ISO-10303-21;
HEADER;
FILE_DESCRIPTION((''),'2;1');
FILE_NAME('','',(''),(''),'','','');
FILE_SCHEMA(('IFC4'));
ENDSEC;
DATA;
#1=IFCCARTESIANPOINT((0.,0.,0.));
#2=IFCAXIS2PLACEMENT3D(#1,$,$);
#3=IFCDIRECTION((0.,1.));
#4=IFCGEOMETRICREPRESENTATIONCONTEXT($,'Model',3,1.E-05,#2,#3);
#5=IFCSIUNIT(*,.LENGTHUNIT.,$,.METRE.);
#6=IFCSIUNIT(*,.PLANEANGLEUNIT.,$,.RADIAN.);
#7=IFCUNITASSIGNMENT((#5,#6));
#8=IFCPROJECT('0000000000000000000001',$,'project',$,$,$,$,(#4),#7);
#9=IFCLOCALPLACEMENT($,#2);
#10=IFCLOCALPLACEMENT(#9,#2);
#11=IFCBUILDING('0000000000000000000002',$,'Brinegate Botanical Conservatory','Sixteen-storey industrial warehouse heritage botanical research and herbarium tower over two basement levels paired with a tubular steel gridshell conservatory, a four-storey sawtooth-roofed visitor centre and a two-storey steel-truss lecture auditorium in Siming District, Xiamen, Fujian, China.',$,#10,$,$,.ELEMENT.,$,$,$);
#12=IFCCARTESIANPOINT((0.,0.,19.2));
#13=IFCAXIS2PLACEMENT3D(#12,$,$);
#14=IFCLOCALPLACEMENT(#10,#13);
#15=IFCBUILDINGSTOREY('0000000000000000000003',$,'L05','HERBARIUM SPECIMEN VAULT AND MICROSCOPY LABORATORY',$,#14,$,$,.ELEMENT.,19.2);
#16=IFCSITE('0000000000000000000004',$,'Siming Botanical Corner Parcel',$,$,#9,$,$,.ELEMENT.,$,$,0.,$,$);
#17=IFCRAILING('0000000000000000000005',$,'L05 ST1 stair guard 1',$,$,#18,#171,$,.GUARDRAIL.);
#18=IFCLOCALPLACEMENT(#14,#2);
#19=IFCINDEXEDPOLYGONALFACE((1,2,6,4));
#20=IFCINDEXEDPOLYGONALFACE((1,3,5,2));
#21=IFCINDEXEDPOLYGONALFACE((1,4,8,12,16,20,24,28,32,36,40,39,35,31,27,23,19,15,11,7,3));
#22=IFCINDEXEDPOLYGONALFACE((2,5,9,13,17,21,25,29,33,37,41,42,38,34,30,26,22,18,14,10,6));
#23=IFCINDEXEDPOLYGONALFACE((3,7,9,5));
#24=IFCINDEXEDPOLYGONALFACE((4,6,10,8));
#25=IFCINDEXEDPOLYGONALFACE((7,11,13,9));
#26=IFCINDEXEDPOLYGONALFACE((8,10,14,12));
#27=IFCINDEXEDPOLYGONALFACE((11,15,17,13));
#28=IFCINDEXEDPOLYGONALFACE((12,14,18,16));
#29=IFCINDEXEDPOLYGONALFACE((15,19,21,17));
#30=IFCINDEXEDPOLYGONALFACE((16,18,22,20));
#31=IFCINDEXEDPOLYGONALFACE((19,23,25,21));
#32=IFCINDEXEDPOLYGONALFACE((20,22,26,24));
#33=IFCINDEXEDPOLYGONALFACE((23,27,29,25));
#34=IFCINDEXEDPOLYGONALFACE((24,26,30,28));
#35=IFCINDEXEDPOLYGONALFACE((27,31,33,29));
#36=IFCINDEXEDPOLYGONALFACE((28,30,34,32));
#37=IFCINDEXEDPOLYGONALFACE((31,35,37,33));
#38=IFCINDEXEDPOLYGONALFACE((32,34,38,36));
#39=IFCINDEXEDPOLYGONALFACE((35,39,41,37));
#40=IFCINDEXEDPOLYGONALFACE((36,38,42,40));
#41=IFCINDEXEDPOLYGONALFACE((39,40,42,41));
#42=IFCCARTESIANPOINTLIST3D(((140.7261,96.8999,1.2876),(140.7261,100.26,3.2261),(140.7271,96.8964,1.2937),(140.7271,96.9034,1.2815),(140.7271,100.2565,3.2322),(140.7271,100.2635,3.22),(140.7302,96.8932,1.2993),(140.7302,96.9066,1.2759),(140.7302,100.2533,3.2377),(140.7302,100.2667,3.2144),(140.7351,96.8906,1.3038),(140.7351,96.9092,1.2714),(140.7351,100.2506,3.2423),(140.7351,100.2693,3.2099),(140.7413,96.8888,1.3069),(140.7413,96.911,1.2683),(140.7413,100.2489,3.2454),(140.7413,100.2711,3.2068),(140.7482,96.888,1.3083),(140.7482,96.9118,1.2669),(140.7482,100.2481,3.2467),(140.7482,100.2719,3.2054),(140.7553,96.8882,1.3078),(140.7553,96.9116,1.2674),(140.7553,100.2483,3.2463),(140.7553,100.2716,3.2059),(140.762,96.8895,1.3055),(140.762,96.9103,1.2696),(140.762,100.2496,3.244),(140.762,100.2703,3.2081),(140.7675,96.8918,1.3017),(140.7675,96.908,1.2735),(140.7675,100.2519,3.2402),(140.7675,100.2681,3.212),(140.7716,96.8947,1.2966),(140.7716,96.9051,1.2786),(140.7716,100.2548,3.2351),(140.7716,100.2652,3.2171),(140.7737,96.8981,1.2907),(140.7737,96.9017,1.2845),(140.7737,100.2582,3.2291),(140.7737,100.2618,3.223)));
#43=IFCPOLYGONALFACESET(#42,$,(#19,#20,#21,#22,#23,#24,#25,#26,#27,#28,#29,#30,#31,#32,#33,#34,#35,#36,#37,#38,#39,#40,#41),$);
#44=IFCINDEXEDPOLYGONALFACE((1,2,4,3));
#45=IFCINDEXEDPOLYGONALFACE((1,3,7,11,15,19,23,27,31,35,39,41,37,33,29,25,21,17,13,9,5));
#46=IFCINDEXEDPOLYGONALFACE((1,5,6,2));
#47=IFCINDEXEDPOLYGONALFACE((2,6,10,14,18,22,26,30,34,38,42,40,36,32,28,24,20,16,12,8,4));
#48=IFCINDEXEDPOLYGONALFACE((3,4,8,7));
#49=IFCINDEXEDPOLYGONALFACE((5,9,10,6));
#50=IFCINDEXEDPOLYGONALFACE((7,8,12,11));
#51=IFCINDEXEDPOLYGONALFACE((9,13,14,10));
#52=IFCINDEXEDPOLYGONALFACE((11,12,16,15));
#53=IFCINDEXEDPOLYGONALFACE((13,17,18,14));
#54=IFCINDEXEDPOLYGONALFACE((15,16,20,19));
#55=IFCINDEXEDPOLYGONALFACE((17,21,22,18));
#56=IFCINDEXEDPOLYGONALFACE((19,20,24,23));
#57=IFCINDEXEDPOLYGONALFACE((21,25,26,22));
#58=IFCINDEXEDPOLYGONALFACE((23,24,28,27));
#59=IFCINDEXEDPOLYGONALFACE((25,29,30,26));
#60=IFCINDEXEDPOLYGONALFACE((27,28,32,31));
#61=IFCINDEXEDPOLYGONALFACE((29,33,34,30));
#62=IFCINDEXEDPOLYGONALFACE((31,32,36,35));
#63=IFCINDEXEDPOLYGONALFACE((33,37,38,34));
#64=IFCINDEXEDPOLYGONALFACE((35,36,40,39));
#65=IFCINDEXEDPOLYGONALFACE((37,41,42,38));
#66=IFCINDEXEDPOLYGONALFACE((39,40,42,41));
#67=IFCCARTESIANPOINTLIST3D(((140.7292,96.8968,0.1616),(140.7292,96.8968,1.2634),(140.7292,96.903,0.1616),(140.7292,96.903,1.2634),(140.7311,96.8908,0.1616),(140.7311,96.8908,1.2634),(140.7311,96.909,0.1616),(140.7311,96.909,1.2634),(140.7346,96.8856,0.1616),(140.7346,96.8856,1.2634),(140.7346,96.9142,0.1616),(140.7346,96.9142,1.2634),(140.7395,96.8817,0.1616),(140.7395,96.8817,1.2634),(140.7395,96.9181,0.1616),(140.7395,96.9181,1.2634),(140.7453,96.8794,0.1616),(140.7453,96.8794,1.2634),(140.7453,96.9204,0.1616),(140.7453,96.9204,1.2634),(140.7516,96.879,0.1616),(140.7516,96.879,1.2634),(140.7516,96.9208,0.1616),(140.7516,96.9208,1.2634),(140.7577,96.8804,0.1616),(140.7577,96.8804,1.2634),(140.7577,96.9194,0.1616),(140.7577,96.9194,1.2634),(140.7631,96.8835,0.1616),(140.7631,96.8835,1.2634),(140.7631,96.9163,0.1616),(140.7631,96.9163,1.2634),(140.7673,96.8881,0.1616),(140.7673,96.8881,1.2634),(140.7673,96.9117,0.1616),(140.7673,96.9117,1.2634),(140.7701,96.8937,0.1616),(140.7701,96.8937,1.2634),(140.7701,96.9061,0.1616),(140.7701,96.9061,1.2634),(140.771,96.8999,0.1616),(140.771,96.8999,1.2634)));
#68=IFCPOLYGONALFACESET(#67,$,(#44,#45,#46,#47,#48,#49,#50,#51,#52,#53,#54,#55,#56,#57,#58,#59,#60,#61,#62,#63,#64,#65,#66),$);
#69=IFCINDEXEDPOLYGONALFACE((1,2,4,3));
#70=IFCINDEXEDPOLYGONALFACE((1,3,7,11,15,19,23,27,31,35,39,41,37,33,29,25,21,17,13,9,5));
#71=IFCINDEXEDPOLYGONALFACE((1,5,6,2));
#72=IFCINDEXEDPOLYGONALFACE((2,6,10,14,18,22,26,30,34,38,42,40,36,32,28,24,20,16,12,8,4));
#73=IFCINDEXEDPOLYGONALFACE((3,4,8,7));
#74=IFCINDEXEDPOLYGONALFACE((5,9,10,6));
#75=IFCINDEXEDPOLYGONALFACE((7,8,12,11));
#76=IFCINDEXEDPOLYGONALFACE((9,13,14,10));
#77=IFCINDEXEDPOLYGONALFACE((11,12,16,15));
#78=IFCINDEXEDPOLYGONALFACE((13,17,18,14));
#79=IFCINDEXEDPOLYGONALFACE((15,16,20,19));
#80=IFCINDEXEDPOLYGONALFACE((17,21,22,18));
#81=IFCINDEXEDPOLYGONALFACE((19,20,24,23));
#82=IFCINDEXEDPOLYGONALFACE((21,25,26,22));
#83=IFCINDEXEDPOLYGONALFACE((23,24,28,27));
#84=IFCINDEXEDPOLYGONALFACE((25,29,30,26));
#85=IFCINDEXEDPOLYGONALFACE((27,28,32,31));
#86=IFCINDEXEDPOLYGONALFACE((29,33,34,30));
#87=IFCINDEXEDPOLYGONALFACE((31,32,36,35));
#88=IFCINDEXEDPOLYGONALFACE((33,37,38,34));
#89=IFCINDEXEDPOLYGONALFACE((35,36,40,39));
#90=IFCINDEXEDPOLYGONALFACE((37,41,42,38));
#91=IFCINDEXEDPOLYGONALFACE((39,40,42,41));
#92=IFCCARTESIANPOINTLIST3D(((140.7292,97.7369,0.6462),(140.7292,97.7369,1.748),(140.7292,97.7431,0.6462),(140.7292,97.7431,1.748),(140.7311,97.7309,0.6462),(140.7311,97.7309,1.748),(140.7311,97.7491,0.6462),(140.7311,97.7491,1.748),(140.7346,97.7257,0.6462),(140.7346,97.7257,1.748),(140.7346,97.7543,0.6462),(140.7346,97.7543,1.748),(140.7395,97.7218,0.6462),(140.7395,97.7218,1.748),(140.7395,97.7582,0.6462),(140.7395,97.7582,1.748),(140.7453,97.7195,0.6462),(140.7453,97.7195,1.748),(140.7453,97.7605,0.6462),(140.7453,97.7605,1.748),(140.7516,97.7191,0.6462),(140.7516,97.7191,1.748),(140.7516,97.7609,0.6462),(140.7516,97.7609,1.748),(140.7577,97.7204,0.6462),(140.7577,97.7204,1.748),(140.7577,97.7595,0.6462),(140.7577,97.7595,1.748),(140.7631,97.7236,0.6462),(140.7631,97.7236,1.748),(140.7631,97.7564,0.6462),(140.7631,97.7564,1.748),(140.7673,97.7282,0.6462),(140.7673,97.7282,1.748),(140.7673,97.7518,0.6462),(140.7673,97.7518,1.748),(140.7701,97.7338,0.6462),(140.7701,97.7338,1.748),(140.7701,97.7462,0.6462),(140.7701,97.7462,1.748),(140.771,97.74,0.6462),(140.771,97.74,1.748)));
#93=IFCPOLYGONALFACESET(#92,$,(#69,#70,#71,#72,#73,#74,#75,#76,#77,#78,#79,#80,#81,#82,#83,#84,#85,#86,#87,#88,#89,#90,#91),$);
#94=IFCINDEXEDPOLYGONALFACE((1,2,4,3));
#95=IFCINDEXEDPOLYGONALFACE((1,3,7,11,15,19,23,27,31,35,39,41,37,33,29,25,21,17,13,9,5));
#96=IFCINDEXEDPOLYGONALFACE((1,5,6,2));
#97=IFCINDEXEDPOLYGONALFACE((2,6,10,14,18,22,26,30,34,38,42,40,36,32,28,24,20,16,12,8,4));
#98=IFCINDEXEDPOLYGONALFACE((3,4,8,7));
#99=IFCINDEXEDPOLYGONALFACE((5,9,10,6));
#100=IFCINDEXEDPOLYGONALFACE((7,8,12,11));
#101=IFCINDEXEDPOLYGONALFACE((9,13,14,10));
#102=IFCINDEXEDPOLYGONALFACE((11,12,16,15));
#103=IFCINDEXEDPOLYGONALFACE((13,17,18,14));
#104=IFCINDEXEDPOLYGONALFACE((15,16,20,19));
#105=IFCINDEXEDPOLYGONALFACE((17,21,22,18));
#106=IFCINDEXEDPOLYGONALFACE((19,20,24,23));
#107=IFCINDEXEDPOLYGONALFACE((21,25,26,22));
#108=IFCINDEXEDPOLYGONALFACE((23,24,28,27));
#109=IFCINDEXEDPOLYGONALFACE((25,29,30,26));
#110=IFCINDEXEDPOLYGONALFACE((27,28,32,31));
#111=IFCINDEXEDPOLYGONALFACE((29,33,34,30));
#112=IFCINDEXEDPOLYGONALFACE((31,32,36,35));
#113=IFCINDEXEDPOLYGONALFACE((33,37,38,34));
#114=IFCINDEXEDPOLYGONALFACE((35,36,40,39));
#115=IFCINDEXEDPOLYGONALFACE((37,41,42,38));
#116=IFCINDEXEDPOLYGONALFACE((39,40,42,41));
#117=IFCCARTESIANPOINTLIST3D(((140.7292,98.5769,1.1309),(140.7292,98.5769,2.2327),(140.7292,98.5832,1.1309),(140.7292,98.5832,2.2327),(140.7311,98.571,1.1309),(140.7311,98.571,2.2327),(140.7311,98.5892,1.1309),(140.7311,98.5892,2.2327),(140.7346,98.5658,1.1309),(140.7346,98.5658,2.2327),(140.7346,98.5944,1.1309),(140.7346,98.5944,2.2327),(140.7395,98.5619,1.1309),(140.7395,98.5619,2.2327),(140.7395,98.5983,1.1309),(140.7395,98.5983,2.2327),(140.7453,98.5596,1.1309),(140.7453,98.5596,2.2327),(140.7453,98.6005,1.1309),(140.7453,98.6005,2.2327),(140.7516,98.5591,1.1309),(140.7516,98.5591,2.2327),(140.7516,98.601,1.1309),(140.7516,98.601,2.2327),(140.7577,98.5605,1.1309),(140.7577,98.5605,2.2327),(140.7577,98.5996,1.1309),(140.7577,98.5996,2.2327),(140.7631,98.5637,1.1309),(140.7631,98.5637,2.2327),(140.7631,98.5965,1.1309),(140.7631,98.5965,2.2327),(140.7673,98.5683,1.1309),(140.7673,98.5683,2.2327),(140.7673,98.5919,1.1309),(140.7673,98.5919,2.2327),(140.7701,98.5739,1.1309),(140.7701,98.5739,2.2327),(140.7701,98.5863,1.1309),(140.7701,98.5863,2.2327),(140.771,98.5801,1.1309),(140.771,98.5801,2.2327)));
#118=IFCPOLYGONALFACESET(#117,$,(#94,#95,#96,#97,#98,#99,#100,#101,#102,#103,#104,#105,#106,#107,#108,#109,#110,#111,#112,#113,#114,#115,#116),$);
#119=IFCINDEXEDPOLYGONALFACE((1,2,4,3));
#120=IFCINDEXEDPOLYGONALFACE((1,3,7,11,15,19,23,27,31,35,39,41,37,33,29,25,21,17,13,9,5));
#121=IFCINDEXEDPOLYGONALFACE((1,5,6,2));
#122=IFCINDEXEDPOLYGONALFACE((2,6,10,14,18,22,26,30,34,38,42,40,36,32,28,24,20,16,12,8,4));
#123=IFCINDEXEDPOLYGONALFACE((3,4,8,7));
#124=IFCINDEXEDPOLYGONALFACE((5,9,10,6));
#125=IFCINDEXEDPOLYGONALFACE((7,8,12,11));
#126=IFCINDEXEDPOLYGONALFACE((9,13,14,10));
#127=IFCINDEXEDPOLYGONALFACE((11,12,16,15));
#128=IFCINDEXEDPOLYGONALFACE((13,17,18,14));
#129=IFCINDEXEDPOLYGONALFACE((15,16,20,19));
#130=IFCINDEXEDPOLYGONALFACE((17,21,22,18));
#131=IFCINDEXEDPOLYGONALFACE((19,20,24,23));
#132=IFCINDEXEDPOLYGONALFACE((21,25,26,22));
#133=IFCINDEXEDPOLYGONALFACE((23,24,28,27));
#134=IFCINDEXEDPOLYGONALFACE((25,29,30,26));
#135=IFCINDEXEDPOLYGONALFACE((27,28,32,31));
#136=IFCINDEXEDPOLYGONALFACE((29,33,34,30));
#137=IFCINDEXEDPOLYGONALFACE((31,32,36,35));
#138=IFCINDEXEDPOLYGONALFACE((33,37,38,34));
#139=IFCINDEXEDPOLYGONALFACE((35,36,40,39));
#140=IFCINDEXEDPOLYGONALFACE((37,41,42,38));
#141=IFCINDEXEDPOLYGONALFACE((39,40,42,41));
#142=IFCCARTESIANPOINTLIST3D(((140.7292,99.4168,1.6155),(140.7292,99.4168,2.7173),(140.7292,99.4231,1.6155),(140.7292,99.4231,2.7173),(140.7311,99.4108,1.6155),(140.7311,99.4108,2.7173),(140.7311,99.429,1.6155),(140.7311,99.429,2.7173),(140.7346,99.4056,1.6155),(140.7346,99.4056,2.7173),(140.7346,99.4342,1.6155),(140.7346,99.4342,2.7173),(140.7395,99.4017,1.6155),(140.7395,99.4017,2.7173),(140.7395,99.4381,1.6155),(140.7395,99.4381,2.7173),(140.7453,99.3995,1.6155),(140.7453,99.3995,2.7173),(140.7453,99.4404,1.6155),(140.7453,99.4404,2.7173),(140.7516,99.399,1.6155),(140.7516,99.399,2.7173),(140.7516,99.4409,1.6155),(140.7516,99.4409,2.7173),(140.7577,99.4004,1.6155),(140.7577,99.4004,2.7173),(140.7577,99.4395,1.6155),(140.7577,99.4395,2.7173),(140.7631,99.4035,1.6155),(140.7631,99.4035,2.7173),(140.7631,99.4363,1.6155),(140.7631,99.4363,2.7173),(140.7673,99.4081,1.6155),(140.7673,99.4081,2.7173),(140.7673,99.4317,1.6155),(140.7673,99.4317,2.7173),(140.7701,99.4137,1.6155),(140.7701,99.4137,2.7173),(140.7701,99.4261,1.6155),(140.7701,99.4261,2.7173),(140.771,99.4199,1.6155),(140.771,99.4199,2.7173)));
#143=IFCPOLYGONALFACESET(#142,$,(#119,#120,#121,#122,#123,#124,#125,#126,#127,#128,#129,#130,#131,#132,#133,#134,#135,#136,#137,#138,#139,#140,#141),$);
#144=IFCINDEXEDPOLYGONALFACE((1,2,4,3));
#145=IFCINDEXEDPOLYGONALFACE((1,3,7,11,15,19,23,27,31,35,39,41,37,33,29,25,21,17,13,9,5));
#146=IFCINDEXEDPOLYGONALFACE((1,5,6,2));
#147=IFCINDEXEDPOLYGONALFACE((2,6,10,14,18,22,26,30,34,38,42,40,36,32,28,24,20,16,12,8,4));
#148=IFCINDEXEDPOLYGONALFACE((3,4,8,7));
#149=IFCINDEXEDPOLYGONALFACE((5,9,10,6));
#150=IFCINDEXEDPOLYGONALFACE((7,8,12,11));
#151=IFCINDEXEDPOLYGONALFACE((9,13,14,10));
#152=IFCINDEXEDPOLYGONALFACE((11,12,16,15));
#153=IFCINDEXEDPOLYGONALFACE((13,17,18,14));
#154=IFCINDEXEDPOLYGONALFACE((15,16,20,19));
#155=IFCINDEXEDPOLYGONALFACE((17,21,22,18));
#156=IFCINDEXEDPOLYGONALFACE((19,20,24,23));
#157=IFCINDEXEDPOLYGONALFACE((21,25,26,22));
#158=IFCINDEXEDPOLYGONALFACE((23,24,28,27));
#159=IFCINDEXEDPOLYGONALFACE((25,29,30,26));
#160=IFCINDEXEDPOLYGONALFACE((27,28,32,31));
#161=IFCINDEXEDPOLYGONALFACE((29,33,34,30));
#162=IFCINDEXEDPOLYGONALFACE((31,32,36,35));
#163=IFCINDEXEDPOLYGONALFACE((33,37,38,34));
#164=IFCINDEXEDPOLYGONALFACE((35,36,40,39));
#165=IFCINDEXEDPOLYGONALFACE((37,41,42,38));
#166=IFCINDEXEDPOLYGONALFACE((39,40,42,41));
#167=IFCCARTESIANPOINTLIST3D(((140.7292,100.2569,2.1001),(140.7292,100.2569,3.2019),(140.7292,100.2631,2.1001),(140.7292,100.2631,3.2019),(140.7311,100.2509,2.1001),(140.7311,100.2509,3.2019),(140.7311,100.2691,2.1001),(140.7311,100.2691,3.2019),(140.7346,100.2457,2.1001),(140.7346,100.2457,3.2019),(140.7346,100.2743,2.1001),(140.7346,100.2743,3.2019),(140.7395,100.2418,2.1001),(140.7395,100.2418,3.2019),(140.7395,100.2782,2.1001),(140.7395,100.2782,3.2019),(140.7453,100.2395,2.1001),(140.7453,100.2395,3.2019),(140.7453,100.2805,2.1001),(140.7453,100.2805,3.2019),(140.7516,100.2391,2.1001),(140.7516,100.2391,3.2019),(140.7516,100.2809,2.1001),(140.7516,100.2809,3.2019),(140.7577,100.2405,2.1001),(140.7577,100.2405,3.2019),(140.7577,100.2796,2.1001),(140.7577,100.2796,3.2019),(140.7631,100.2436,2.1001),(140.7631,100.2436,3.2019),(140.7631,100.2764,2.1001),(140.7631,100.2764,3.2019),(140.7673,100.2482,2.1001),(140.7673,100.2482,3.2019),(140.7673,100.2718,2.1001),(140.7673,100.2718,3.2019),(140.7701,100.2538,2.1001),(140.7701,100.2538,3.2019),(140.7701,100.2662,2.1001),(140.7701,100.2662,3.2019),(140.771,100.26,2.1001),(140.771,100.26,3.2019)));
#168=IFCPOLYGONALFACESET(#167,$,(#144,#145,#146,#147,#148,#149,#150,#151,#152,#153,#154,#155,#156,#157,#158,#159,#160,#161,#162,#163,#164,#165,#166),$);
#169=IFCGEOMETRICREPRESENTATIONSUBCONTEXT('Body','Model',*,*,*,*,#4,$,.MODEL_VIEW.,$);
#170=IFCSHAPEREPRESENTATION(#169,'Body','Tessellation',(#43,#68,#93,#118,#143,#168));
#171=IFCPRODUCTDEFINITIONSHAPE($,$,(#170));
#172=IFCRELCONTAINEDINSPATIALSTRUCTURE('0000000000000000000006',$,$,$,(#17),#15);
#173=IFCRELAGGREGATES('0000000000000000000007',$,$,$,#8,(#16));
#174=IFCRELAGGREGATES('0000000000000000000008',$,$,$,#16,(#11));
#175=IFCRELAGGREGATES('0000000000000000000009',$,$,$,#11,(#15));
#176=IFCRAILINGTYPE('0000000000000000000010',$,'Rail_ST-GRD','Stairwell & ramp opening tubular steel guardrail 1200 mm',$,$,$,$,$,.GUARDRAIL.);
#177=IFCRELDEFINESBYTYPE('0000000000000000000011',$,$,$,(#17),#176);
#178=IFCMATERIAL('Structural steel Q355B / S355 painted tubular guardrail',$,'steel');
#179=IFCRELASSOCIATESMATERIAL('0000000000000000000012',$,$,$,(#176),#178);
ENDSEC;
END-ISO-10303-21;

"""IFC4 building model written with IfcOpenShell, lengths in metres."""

from ifc_helpers import new_model, si_unit, direction, frame, origin, origin_2d, place, context, subcontext, project, spatial, circle, extrude, material, type_object, element, save


model = new_model("IFC4")

# Units and contexts
model_context = context("Model", 3, precision=1e-05, world=origin(), true_north=direction((0.0, 1.0)))
body_context = subcontext(model_context, "Body", "Model", "MODEL_VIEW")
ifc_project = project(units=[si_unit("LENGTHUNIT", "METRE"), si_unit("PLANEANGLEUNIT", "RADIAN")], contexts=[model_context])

# Site, building, storey
site_placement = place(None, origin())
site = spatial("IfcSite", under=ifc_project, at=site_placement, Name="Siming Botanical Corner Parcel", CompositionType="ELEMENT", RefElevation=0.0)
building_placement = place(site_placement, origin())
building = spatial("IfcBuilding", under=site, at=building_placement, Name="Brinegate Botanical Conservatory", Description="Sixteen-storey industrial warehouse heritage botanical research and herbarium tower over two basement levels paired with a tubular steel gridshell conservatory, a four-storey sawtooth-roofed visitor centre and a two-storey steel-truss lecture auditorium in Siming District, Xiamen, Fujian, China.", CompositionType="ELEMENT")
storey_placement = place(building_placement, frame((0.0, 0.0, 19.2)))
storey = spatial("IfcBuildingStorey", under=building, at=storey_placement, Name="L05", Description="HERBARIUM SPECIMEN VAULT AND MICROSCOPY LABORATORY", CompositionType="ELEMENT", Elevation=19.2)

# Railing
ifc_material_1 = material(Name="Structural steel Q355B / S355 painted tubular guardrail", Category="steel")
railing_type = type_object("IfcRailingType", Name="Rail_ST-GRD", Description="Stairwell & ramp opening tubular steel guardrail 1200 mm", PredefinedType="GUARDRAIL", material=ifc_material_1)
railing_1_placement = place(storey_placement, frame((140.75, 96.8999, 0.1616)))
element("IfcRailing", 1, at=railing_1_placement, inside=storey, type_object=railing_type, Name="L05 ST1 stair guard 1", PredefinedType="GUARDRAIL", context=body_context, shape_type="SweptSolid", body=[
    extrude(circle(Radius=0.0239, at=origin_2d()), frame((0.0, 0.0, 1.126), z_axis=(0.0, 0.866191, 0.499713), x_axis=(-1.0, 0.0, 0.0)), (0.0, 0.0, 1.0), 3.8792),
    extrude(circle(Radius=0.021, at=origin_2d()), origin(), (0.0, 0.0, 1.0), 1.1018),
    extrude(circle(Radius=0.021, at=origin_2d()), frame((0.0, 0.8401, 0.4846)), (0.0, 0.0, 1.0), 1.1018),
    extrude(circle(Radius=0.021, at=origin_2d()), frame((0.0, 1.6802, 0.9692)), (0.0, 0.0, 1.0), 1.1018),
    extrude(circle(Radius=0.021, at=origin_2d()), frame((0.0, 2.52, 1.4539)), (0.0, 0.0, 1.0), 1.1018),
    extrude(circle(Radius=0.021, at=origin_2d()), frame((0.0, 3.3601, 1.9385)), (0.0, 0.0, 1.0), 1.1018),
])

save(model, "model.ifc")
